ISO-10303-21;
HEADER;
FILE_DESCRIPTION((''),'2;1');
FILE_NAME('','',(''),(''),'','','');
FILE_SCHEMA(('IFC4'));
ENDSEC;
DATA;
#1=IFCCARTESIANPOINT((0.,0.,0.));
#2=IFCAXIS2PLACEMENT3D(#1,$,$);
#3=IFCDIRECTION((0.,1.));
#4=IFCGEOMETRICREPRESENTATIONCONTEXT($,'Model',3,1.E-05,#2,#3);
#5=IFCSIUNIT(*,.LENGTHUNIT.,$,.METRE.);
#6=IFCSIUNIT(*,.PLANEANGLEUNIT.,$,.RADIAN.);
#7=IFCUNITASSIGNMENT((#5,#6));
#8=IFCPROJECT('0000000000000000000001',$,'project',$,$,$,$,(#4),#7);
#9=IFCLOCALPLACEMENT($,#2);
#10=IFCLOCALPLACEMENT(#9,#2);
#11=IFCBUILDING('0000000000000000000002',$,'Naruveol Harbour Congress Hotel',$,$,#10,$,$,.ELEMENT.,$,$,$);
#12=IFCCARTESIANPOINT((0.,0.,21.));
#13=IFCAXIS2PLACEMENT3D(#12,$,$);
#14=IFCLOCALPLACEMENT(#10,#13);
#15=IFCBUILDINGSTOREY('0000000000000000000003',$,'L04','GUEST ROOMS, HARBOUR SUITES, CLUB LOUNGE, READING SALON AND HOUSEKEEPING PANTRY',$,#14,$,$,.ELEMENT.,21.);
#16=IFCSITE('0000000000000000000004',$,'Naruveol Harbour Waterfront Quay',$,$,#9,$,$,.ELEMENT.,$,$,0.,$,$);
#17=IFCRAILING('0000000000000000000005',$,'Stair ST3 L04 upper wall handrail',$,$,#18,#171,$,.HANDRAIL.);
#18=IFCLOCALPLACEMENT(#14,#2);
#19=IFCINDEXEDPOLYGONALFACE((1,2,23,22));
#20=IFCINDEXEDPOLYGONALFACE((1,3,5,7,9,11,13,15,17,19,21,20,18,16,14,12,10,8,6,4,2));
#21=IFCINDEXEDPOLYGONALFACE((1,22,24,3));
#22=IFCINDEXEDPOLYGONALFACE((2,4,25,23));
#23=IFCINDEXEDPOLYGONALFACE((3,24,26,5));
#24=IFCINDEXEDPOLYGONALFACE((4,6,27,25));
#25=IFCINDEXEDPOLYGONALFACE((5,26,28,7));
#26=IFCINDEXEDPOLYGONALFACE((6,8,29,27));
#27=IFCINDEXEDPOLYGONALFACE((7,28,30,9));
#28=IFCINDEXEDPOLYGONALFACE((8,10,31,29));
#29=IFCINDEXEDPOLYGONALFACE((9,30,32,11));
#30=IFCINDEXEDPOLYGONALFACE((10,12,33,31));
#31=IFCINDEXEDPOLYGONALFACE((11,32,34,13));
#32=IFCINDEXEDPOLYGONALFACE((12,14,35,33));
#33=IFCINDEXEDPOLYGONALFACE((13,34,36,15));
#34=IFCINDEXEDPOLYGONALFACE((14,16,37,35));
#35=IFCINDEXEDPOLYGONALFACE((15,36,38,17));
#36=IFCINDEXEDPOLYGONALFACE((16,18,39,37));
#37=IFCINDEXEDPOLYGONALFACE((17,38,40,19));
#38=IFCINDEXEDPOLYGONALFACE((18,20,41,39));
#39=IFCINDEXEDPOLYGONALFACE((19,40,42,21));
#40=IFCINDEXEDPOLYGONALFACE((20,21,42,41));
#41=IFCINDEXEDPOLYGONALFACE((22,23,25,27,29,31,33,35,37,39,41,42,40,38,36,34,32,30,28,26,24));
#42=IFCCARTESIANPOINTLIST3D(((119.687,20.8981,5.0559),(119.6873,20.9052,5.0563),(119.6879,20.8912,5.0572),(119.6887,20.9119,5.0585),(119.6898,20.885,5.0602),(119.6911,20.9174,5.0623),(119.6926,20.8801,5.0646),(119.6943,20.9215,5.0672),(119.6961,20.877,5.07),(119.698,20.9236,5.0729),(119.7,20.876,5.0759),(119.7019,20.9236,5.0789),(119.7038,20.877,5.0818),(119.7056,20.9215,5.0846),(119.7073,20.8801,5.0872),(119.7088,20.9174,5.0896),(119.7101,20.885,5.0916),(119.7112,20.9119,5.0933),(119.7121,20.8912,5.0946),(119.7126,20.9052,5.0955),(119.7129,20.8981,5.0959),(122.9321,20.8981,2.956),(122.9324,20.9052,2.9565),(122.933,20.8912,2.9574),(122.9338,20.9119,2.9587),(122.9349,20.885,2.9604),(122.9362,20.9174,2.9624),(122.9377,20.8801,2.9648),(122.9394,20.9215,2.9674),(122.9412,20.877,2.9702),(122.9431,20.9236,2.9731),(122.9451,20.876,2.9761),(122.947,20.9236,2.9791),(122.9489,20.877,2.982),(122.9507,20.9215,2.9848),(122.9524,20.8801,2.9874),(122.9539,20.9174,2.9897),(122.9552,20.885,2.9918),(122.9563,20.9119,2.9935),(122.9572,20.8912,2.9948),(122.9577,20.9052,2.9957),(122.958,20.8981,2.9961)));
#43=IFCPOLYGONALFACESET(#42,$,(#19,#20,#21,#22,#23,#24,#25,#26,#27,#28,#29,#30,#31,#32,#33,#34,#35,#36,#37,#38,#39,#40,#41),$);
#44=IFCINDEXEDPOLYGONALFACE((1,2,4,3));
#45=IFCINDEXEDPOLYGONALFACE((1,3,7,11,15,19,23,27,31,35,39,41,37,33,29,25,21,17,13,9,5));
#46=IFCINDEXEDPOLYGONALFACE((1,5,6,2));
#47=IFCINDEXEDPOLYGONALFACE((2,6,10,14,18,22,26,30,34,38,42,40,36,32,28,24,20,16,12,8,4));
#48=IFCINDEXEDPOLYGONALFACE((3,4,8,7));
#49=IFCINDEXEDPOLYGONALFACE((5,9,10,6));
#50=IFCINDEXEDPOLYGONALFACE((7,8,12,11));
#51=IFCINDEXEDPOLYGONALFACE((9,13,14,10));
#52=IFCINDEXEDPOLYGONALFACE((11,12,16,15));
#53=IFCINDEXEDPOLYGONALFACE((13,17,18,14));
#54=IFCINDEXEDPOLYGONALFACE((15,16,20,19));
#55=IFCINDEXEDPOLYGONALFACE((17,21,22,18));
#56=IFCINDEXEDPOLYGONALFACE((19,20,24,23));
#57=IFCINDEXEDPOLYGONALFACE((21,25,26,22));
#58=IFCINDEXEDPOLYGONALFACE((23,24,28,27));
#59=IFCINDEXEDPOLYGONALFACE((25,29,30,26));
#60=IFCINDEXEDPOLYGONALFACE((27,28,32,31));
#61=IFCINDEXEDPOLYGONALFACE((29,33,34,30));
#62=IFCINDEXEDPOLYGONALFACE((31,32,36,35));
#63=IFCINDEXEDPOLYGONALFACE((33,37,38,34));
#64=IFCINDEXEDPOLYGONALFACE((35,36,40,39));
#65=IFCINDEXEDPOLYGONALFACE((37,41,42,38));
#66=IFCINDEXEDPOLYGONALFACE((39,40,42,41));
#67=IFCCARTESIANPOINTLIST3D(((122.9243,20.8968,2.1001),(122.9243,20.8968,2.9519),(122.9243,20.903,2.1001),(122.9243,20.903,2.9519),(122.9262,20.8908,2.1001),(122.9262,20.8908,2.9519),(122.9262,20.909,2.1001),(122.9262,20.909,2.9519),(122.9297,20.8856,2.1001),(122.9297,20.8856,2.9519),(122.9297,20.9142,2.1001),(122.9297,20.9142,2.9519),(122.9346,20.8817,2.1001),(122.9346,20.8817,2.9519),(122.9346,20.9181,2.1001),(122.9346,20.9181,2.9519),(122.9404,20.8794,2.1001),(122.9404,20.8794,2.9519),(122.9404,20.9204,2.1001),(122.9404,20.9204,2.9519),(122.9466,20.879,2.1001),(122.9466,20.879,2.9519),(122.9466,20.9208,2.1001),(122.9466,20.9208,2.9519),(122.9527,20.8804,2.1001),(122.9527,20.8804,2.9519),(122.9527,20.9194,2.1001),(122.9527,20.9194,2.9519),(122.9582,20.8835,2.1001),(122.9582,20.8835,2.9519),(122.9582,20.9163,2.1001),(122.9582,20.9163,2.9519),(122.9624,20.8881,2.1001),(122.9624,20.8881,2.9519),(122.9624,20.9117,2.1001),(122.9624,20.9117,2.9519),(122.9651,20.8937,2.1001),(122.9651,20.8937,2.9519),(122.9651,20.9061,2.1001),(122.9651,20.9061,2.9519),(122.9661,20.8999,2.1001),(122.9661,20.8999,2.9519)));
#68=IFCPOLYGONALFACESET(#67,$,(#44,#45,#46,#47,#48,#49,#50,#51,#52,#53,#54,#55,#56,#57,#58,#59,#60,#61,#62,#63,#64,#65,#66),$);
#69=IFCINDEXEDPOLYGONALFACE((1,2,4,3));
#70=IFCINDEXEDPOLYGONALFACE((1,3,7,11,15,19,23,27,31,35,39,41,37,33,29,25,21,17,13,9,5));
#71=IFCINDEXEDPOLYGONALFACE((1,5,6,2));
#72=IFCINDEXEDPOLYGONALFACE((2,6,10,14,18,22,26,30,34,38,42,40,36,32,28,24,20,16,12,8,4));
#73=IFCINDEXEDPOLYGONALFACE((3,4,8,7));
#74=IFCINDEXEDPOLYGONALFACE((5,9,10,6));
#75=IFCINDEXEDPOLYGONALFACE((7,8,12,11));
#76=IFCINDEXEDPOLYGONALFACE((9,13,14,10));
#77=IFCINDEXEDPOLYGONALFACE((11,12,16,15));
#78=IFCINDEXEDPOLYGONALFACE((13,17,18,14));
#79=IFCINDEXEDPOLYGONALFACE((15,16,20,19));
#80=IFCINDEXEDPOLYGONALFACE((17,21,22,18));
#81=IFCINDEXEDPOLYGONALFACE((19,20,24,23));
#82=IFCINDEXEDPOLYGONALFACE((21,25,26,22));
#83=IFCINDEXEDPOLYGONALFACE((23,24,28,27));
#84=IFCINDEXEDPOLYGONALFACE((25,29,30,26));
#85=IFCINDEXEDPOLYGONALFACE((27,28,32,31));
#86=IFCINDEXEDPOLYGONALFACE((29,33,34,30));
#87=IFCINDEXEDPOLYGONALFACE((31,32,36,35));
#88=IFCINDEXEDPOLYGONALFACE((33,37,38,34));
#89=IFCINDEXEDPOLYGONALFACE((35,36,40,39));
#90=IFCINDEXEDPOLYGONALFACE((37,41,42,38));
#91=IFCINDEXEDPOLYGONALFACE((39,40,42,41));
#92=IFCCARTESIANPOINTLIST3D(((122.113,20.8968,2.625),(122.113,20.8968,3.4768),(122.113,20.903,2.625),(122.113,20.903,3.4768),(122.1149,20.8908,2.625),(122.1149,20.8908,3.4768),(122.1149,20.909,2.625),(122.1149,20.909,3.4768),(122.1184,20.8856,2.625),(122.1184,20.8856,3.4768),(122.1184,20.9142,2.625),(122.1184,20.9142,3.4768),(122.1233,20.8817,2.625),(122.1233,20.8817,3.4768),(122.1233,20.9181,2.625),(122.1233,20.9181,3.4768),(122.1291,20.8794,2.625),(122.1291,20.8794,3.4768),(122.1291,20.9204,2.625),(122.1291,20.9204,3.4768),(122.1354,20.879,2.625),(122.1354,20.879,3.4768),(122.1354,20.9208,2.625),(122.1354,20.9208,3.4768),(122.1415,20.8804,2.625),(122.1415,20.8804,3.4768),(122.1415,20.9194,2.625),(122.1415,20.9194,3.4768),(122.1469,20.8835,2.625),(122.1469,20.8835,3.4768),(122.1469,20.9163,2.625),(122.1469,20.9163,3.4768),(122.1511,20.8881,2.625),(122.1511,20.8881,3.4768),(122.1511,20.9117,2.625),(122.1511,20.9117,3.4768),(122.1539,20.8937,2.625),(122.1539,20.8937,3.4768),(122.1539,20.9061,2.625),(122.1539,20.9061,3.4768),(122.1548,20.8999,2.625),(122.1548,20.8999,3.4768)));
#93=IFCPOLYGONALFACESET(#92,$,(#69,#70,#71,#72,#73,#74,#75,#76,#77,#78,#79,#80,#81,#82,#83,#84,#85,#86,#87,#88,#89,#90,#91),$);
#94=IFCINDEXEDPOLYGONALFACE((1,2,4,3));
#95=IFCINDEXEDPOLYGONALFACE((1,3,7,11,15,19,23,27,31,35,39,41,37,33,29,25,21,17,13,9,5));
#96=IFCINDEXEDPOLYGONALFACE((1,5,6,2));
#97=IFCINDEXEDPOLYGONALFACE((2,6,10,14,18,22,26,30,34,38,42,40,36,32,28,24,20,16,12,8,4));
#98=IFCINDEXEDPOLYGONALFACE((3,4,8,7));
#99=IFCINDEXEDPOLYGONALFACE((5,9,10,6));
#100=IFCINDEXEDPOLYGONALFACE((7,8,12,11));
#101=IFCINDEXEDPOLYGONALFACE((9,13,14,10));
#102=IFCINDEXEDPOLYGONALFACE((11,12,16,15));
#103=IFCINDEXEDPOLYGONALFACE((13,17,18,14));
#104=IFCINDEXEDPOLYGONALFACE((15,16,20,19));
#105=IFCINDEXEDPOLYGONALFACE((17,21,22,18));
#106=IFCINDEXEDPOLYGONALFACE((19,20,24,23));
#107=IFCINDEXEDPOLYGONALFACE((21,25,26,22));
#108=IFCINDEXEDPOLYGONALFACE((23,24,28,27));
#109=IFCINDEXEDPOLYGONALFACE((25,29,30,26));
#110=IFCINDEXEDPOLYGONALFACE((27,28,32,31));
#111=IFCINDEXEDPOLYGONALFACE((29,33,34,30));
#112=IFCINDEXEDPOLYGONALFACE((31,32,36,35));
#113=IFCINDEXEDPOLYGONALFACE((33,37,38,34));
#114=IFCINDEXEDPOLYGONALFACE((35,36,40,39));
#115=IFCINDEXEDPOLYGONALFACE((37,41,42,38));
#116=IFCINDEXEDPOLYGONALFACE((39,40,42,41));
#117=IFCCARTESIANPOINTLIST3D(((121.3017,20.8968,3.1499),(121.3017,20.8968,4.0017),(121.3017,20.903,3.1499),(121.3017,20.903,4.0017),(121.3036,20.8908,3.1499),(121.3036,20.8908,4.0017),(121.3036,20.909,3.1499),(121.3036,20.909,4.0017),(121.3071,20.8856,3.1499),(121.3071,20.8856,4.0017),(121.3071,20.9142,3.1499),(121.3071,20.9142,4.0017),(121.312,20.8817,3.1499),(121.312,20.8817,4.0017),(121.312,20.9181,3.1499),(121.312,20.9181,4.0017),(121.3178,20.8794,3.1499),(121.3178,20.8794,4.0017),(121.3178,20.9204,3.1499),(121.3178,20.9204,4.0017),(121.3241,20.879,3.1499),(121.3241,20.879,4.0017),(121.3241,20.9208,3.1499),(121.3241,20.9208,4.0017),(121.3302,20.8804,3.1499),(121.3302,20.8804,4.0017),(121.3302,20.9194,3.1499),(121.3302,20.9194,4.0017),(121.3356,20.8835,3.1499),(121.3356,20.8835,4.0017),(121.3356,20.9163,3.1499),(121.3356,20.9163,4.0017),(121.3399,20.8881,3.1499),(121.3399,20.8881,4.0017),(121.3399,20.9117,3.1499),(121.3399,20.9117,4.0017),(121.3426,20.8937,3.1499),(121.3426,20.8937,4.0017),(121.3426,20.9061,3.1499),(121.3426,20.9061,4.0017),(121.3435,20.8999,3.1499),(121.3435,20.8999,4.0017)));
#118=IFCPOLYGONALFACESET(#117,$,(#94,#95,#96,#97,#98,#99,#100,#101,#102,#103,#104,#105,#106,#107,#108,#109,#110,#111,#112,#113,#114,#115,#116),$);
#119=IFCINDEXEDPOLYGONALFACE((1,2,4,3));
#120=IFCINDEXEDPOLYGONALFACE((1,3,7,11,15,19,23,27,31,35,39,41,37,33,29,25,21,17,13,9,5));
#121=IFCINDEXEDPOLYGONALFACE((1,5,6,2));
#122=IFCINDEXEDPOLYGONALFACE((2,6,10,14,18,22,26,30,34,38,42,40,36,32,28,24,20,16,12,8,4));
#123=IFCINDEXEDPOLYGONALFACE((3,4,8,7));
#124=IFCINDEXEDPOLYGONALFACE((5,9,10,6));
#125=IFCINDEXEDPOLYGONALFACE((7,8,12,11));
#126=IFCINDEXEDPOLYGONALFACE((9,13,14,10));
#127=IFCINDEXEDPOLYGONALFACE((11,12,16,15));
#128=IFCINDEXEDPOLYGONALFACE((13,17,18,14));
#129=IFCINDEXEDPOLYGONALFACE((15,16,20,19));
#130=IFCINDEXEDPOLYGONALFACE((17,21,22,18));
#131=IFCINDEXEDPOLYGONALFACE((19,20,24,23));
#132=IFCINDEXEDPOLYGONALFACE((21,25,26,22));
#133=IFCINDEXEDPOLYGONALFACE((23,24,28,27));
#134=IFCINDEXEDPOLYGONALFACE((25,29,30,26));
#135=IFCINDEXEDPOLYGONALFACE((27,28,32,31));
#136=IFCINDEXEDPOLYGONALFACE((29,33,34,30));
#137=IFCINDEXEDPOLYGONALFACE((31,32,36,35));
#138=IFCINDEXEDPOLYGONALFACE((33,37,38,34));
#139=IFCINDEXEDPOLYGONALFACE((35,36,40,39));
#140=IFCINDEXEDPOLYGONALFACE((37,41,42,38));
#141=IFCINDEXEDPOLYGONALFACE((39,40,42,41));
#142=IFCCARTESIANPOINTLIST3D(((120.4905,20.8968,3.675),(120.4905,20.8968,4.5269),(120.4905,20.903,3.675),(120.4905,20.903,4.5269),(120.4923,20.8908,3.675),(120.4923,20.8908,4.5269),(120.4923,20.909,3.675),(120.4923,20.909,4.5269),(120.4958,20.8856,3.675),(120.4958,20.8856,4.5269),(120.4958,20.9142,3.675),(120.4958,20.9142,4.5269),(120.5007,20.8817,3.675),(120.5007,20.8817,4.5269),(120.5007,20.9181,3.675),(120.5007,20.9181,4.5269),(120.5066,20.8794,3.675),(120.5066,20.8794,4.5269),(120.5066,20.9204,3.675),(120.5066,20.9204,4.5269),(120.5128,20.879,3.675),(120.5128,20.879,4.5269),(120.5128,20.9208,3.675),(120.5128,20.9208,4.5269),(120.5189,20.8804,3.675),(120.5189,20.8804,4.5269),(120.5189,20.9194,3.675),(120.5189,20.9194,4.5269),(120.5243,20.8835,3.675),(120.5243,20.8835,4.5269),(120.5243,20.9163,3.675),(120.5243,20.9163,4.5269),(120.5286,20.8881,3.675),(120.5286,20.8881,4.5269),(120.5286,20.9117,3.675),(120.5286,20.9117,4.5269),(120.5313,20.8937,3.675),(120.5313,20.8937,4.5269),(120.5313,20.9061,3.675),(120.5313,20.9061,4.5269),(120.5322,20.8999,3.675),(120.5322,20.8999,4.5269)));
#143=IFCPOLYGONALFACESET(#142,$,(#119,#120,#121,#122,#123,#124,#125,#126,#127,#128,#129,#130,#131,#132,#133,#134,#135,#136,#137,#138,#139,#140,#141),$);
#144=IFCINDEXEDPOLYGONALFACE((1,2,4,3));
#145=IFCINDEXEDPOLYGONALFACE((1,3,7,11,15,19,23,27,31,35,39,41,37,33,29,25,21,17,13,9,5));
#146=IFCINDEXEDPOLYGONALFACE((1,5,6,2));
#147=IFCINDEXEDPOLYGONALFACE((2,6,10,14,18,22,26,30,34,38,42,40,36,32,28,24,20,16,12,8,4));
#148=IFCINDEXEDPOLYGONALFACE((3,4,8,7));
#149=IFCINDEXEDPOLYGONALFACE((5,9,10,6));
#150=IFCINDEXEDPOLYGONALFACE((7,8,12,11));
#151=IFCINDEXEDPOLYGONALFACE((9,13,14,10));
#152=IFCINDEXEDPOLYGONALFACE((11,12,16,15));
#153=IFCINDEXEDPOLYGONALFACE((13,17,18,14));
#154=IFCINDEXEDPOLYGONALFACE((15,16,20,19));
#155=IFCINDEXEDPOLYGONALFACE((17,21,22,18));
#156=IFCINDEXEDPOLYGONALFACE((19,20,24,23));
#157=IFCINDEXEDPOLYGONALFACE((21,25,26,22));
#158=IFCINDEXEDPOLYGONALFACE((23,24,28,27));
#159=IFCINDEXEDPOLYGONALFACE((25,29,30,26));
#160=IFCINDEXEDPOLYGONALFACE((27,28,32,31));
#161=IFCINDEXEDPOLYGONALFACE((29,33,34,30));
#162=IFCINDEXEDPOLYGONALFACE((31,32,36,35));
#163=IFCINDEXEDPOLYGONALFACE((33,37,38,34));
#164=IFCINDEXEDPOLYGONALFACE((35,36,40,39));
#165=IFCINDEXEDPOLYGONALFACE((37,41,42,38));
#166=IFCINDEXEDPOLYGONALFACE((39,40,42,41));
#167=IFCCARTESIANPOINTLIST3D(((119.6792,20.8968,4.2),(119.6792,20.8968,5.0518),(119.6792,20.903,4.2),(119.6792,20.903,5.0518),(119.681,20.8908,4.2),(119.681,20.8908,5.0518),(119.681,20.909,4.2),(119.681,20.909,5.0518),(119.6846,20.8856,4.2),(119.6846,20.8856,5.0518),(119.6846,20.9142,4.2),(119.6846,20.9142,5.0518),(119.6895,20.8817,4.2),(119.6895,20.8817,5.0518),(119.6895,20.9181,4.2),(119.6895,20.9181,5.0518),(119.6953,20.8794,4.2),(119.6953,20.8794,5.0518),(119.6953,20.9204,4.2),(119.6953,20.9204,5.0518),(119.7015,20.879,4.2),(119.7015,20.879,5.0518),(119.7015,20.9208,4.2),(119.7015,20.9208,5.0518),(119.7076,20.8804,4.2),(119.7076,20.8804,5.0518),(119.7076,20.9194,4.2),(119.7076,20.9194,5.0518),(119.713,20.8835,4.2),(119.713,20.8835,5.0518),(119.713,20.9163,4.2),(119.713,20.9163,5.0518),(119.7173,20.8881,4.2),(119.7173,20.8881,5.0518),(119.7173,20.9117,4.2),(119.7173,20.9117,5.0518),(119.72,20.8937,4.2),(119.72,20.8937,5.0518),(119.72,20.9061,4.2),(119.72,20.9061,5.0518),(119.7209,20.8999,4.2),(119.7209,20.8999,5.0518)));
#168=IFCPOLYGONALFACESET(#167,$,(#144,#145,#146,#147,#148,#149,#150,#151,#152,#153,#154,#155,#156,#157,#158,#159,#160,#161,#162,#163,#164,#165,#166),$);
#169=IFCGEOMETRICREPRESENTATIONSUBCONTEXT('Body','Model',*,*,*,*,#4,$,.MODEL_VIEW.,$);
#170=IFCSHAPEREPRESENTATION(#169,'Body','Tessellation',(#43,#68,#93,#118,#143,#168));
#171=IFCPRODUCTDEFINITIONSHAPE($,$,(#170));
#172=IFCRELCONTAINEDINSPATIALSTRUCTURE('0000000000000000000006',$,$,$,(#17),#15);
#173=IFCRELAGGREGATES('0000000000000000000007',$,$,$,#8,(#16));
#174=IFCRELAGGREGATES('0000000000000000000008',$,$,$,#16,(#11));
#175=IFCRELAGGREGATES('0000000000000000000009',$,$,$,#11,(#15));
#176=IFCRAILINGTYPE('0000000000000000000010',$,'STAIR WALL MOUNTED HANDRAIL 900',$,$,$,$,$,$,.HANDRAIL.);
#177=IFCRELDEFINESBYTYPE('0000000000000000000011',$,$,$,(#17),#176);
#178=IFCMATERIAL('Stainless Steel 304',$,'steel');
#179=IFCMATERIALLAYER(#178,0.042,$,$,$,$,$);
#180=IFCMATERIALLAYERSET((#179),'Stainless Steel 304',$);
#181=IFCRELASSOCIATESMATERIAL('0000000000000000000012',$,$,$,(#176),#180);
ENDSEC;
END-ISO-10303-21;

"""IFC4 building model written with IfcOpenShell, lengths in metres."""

from ifc_helpers import new_model, si_unit, direction, frame, origin, origin_2d, place, context, subcontext, project, spatial, circle, extrude, material, layer, layer_set, type_object, element, save


model = new_model("IFC4")

# Units and contexts
model_context = context("Model", 3, precision=1e-05, world=origin(), true_north=direction((0.0, 1.0)))
body_context = subcontext(model_context, "Body", "Model", "MODEL_VIEW")
ifc_project = project(units=[si_unit("LENGTHUNIT", "METRE"), si_unit("PLANEANGLEUNIT", "RADIAN")], contexts=[model_context])

# Site, building, storey
site_placement = place(None, origin())
site = spatial("IfcSite", under=ifc_project, at=site_placement, Name="Naruveol Harbour Waterfront Quay", CompositionType="ELEMENT", RefElevation=0.0)
building_placement = place(site_placement, origin())
building = spatial("IfcBuilding", under=site, at=building_placement, Name="Naruveol Harbour Congress Hotel", CompositionType="ELEMENT")
storey_placement = place(building_placement, frame((0.0, 0.0, 21.0)))
storey = spatial("IfcBuildingStorey", under=building, at=storey_placement, Name="L04", Description="GUEST ROOMS, HARBOUR SUITES, CLUB LOUNGE, READING SALON AND HOUSEKEEPING PANTRY", CompositionType="ELEMENT", Elevation=21.0)

# Railing
ifc_material_1 = material(Name="Stainless Steel 304", Category="steel")
ifc_layer_1 = layer(ifc_material_1, 0.042)
ifc_layer_set_1 = layer_set([ifc_layer_1], Name="Stainless Steel 304")
railing_type_1 = type_object("IfcRailingType", Name="STAIR WALL MOUNTED HANDRAIL 900", PredefinedType="HANDRAIL", material=ifc_layer_set_1)
railing_1_placement = place(storey_placement, frame((122.9451, 20.8999, 2.1001)))
element("IfcRailing", 1, at=railing_1_placement, inside=storey, type_object=railing_type_1, Name="Stair ST3 L04 upper wall handrail", PredefinedType="HANDRAIL", context=body_context, shape_type="SweptSolid", body=[
    extrude(circle(Radius=0.0239, at=origin_2d()), frame((0.0, 0.0, 0.876), z_axis=(-0.839562, 0.0, 0.543264), x_axis=(0.0, -1.0, 0.0)), (0.0, 0.0, 1.0), 3.8652),
    extrude(circle(Radius=0.021, at=origin_2d()), origin(), (0.0, 0.0, 1.0), 0.8518),
    extrude(circle(Radius=0.021, at=origin_2d()), frame((-0.8113, 0.0, 0.5249)), (0.0, 0.0, 1.0), 0.8518),
    extrude(circle(Radius=0.021, at=origin_2d()), frame((-1.6226, 0.0, 1.0498)), (0.0, 0.0, 1.0), 0.8518),
    extrude(circle(Radius=0.021, at=origin_2d()), frame((-2.4338, 0.0, 1.575)), (0.0, 0.0, 1.0), 0.8518),
    extrude(circle(Radius=0.021, at=origin_2d()), frame((-3.2451, 0.0, 2.0999)), (0.0, 0.0, 1.0), 0.8518),
])

save(model, "model.ifc")
